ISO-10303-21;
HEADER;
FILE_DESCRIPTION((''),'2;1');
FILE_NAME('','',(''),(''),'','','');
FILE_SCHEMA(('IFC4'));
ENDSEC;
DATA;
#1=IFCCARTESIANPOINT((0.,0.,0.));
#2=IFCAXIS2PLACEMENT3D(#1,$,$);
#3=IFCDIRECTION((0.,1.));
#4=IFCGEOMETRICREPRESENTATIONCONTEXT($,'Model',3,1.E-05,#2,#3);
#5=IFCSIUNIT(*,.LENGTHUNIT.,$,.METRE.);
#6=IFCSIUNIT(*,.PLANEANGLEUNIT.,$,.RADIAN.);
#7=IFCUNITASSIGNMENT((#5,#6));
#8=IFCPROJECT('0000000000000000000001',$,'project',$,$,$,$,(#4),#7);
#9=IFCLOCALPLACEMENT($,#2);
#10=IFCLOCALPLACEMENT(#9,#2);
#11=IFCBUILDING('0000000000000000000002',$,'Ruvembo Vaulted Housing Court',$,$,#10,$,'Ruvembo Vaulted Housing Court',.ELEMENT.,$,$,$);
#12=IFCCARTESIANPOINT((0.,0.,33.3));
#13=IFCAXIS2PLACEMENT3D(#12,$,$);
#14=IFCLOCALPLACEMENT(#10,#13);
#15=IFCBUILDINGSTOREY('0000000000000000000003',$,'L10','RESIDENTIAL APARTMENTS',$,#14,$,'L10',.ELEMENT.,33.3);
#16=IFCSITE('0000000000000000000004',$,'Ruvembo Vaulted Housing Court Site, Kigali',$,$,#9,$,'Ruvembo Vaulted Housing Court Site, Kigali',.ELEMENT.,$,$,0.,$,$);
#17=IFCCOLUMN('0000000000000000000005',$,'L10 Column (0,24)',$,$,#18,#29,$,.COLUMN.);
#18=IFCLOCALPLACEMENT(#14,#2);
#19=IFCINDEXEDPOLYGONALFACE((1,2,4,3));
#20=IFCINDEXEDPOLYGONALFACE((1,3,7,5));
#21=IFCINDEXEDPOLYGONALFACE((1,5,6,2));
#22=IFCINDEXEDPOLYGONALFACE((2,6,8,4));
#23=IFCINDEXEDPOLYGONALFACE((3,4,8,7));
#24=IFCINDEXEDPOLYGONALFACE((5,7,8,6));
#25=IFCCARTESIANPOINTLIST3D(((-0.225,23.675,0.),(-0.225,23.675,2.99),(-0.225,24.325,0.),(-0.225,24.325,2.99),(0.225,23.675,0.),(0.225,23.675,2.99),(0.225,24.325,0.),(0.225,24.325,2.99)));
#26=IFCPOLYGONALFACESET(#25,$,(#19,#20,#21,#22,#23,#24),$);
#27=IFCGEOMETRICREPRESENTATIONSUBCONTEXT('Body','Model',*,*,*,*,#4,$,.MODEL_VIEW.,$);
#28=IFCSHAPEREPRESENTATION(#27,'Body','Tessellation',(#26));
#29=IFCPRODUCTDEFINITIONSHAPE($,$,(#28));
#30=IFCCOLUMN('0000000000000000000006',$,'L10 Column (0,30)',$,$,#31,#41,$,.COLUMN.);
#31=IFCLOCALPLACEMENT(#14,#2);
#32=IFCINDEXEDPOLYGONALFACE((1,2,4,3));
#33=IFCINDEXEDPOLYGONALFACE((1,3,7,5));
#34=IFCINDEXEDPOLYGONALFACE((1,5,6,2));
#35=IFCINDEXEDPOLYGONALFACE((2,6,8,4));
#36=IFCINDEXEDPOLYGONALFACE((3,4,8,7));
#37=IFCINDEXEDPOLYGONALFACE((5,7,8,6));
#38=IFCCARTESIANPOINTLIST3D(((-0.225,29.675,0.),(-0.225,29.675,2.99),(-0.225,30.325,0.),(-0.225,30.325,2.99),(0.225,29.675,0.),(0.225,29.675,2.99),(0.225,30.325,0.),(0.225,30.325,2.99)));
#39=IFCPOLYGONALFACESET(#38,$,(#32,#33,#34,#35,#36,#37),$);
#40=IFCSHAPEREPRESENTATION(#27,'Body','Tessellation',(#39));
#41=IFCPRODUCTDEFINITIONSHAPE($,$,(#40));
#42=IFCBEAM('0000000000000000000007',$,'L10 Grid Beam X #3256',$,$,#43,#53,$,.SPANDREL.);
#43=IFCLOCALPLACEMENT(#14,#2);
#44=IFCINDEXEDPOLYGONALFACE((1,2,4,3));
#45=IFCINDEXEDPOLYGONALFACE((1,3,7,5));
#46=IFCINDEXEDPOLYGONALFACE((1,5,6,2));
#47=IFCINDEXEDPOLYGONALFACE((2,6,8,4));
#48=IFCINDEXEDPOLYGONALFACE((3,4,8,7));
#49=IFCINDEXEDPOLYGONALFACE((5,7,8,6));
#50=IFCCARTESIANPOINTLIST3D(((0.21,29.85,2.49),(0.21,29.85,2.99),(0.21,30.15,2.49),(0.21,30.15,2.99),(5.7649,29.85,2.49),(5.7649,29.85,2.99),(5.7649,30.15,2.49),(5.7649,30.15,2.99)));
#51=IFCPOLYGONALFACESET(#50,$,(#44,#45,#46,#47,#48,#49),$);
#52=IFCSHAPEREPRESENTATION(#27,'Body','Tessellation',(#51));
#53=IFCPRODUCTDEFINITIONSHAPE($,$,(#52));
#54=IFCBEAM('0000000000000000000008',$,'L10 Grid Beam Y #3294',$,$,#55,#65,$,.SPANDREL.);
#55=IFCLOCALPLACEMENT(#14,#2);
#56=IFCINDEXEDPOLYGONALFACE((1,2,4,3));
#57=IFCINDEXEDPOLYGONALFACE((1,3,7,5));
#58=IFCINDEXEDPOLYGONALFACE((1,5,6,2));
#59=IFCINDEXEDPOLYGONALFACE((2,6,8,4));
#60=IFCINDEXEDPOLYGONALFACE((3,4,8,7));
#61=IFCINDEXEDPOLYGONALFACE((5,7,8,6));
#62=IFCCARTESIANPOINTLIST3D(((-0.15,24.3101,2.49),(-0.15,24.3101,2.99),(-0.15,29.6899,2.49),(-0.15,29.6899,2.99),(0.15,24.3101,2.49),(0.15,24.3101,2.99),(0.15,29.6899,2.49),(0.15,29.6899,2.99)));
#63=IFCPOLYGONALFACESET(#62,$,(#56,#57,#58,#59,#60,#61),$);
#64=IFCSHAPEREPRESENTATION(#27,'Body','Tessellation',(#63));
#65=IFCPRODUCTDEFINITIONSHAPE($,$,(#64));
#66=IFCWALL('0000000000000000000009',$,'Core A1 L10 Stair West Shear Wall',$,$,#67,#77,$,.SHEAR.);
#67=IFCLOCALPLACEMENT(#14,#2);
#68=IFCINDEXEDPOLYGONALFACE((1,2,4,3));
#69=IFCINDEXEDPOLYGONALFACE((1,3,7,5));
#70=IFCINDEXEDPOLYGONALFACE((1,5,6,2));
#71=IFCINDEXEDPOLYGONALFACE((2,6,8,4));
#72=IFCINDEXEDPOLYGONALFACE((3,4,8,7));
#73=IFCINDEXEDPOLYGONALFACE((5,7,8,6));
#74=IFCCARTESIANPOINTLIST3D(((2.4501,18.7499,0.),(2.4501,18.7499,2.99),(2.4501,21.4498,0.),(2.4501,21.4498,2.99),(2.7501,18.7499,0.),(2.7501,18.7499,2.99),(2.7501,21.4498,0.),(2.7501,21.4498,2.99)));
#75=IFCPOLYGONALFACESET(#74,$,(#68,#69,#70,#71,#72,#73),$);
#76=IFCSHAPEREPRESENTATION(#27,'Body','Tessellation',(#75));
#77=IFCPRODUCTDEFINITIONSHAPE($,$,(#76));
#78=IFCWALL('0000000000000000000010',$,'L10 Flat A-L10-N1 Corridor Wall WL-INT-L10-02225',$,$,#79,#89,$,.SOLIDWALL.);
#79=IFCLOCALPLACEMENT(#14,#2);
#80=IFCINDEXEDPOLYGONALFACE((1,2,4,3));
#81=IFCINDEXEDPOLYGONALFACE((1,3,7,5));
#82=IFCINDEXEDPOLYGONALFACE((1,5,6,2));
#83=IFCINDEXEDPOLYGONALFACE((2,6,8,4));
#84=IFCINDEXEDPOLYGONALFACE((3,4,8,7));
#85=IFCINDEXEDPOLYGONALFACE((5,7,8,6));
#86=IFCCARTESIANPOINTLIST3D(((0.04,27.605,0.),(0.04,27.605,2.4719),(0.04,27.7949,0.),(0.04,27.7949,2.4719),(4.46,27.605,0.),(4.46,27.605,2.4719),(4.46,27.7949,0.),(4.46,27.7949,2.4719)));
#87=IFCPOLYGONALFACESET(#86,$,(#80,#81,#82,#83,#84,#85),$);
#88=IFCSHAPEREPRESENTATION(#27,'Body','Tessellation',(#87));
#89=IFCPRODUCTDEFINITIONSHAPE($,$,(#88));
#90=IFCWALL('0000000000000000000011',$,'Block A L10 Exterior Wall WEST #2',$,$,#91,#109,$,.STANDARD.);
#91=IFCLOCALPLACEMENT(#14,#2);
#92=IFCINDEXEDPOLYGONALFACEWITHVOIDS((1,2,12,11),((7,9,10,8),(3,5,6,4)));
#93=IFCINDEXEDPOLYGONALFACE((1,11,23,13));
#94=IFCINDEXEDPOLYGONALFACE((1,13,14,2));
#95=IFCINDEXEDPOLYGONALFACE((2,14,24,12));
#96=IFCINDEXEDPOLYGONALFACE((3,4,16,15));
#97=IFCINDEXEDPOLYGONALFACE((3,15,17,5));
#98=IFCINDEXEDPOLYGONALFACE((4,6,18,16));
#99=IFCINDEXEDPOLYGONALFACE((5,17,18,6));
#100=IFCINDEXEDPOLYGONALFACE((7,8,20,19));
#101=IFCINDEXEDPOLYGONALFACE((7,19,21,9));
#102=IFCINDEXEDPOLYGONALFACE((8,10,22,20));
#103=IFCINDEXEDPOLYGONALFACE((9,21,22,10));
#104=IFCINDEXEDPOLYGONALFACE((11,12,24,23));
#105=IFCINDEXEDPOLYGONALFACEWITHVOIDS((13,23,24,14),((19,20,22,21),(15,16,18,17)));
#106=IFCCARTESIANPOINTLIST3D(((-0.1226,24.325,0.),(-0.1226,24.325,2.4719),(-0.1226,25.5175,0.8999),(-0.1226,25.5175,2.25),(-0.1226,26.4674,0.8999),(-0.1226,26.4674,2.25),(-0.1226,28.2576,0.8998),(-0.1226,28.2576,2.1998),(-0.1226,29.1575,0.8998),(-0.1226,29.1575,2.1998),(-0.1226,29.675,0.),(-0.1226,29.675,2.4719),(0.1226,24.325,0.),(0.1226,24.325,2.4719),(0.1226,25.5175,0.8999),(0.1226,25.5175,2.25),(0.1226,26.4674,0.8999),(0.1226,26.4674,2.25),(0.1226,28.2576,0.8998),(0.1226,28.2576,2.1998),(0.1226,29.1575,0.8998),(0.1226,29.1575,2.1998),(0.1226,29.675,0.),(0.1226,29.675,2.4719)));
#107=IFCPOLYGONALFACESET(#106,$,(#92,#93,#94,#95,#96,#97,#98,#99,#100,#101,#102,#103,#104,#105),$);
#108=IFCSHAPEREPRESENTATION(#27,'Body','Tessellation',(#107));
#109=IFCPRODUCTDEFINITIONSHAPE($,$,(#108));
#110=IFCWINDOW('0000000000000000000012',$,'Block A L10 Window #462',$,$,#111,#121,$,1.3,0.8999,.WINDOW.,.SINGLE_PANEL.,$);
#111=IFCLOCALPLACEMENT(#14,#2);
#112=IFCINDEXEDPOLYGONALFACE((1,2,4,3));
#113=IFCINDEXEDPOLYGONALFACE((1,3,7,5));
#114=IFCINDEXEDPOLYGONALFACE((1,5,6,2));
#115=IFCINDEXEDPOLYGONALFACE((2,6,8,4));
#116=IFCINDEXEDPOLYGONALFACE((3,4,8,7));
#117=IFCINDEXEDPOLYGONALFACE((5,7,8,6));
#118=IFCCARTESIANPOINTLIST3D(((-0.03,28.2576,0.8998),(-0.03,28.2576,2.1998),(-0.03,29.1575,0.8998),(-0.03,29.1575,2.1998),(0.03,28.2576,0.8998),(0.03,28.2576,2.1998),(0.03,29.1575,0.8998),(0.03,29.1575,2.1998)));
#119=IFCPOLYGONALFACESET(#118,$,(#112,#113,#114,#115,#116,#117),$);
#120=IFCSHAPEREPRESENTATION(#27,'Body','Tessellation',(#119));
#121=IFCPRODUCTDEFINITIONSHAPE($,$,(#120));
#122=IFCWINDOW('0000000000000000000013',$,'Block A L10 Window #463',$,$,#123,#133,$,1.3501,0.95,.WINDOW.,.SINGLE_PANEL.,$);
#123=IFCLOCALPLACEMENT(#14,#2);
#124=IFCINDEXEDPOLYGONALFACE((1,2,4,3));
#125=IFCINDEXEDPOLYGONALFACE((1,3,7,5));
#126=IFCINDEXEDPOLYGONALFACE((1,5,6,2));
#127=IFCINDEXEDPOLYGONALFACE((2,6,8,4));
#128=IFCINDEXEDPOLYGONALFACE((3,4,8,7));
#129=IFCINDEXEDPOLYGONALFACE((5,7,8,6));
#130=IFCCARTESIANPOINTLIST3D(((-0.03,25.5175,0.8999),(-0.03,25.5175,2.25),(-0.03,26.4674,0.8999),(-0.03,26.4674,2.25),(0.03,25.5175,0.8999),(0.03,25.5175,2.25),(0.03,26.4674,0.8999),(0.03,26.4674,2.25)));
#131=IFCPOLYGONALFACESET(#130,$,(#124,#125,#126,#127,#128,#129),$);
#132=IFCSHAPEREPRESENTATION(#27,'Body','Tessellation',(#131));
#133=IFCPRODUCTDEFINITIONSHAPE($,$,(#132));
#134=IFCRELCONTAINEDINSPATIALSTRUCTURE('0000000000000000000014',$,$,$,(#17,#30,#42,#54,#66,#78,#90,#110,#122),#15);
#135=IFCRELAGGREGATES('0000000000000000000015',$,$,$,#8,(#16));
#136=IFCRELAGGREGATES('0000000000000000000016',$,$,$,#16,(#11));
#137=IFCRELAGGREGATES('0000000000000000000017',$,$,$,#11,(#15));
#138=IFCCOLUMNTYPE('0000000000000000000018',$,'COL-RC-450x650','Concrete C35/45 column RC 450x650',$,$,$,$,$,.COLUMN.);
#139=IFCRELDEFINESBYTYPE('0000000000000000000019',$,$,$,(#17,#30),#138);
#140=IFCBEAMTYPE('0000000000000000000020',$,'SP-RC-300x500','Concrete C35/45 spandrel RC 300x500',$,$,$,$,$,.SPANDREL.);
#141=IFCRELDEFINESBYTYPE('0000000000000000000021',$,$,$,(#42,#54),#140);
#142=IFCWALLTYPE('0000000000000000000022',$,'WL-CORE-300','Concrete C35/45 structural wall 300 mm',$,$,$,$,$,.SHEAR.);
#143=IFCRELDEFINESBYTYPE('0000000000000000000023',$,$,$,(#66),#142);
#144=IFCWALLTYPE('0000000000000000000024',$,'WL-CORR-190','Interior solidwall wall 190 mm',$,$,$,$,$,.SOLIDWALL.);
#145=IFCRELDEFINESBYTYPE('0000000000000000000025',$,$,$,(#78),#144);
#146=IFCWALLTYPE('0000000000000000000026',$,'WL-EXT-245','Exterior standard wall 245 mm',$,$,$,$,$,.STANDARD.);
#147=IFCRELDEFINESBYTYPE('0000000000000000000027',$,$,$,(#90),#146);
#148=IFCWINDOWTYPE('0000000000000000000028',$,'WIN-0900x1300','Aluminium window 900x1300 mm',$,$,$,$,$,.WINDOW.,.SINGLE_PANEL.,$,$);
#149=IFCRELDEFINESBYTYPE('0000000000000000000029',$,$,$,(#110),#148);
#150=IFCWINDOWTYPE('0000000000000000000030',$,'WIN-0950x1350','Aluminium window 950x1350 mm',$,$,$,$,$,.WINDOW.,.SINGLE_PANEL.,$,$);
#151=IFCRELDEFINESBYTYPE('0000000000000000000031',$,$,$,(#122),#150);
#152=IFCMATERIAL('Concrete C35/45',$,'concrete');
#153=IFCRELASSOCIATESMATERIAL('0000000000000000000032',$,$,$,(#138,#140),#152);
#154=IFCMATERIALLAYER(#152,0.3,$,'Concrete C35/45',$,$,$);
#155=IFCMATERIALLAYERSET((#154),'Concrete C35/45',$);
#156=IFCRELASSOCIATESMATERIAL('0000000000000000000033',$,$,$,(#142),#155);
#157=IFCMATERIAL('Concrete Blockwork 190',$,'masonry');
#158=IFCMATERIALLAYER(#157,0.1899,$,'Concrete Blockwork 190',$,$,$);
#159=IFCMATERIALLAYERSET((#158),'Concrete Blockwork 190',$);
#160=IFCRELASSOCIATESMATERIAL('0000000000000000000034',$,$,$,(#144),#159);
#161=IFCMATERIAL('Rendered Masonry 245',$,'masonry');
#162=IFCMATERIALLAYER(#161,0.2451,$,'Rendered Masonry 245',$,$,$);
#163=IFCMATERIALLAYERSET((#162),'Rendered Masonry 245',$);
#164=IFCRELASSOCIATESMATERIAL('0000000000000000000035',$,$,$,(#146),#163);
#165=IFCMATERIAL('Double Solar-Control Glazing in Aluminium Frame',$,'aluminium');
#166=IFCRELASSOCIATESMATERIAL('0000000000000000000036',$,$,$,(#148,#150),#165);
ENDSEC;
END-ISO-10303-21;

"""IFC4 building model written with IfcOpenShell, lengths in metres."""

from ifc_helpers import new_model, si_unit, direction, frame, frame_2d, origin, origin_2d, place, context, subcontext, project, spatial, rectangle, extrude, material, layer, layer_set, material_profile, profile_set, type_object, element, fill, save


model = new_model("IFC4")

# Units and contexts
model_context = context("Model", 3, precision=1e-05, world=origin(), true_north=direction((0.0, 1.0)))
body_context = subcontext(model_context, "Body", "Model", "MODEL_VIEW")
ifc_project = project(units=[si_unit("LENGTHUNIT", "METRE"), si_unit("PLANEANGLEUNIT", "RADIAN")], contexts=[model_context])

# Site, building, storey
site_placement = place(None, origin())
site = spatial("IfcSite", under=ifc_project, at=site_placement, Name="Ruvembo Vaulted Housing Court Site, Kigali", LongName="Ruvembo Vaulted Housing Court Site, Kigali", CompositionType="ELEMENT", RefElevation=0.0)
building_placement = place(site_placement, origin())
building = spatial("IfcBuilding", under=site, at=building_placement, Name="Ruvembo Vaulted Housing Court", LongName="Ruvembo Vaulted Housing Court", CompositionType="ELEMENT")
storey_placement = place(building_placement, frame((0.0, 0.0, 33.3)))
storey = spatial("IfcBuildingStorey", under=building, at=storey_placement, Name="L10", Description="RESIDENTIAL APARTMENTS", LongName="L10", CompositionType="ELEMENT", Elevation=33.3)

# Columns
ifc_material_1 = material(Name="Concrete C35/45", Category="concrete")
ifc_material_profile_1 = material_profile(ifc_material_1, rectangle(XDim=0.45, YDim=0.6499, at=origin_2d()), Name="RC 450x650")
ifc_profile_set_1 = profile_set([ifc_material_profile_1], Name="Concrete C35/45")
column_type = type_object("IfcColumnType", Name="COL-RC-450x650", Description="Concrete C35/45 column RC 450x650", PredefinedType="COLUMN", material=ifc_profile_set_1)
for number, where, z_axis, x_axis, name in (
    (1, (0.0, 24.0, 0.0), (0.0, 0.0, 1.0), (1.0, 0.0, 0.0), "L10 Column (0,24)"),
    (2, (0.0, 30.0, 0.0), (0.0, 0.0, 1.0), (1.0, 0.0, 0.0), "L10 Column (0,30)"),
):
    element("IfcColumn", number, at=place(storey_placement, frame(where, z_axis=z_axis, x_axis=x_axis)), inside=storey, type_object=column_type, Name=name, PredefinedType="COLUMN", context=body_context, shape_type="SweptSolid", body=[
        extrude(rectangle(XDim=0.45, YDim=0.6499, at=origin_2d()), origin(), (0.0, 0.0, 1.0), 2.99),
    ])

# Beams
ifc_material_profile_2 = material_profile(ifc_material_1, rectangle(XDim=0.3, YDim=0.5, at=origin_2d()), Name="RC 300x500")
ifc_profile_set_2 = profile_set([ifc_material_profile_2], Name="Concrete C35/45")
beam_type = type_object("IfcBeamType", Name="SP-RC-300x500", Description="Concrete C35/45 spandrel RC 300x500", PredefinedType="SPANDREL", material=ifc_profile_set_2)
beam_1_placement = place(storey_placement, frame((0.21, 30.0, 2.74), z_axis=(1.0, 0.0, 0.0), x_axis=(0.0, 1.0, 0.0)))
element("IfcBeam", 3, at=beam_1_placement, inside=storey, type_object=beam_type, Name="L10 Grid Beam X #3256", PredefinedType="SPANDREL", context=body_context, shape_type="SweptSolid", body=[
    extrude(rectangle(XDim=0.3, YDim=0.5, at=origin_2d()), origin(), (0.0, 0.0, 1.0), 5.5549),
])
beam_2_placement = place(storey_placement, frame((0.0, 24.3101, 2.74), z_axis=(0.0, 1.0, 0.0), x_axis=(-1.0, 0.0, 0.0)))
element("IfcBeam", 4, at=beam_2_placement, inside=storey, type_object=beam_type, Name="L10 Grid Beam Y #3294", PredefinedType="SPANDREL", context=body_context, shape_type="SweptSolid", body=[
    extrude(rectangle(XDim=0.3, YDim=0.5, at=origin_2d()), origin(), (0.0, 0.0, 1.0), 5.3799),
])

# Walls
ifc_layer_1 = layer(ifc_material_1, 0.3, Name="Concrete C35/45")
ifc_layer_set_1 = layer_set([ifc_layer_1], Name="Concrete C35/45")
wall_type_1 = type_object("IfcWallType", Name="WL-CORE-300", Description="Concrete C35/45 structural wall 300 mm", PredefinedType="SHEAR", material=ifc_layer_set_1)
wall_1_placement = place(storey_placement, frame((2.6001, 21.45, 0.0), z_axis=(0.0, 0.0, 1.0), x_axis=(0.0, -1.0, 0.0)))
element("IfcWall", 5, at=wall_1_placement, inside=storey, type_object=wall_type_1, Name="Core A1 L10 Stair West Shear Wall", PredefinedType="SHEAR", context=body_context, shape_type="SweptSolid", body=[
    extrude(rectangle(XDim=2.7, YDim=0.3, at=frame_2d((1.3501, 0.0))), origin(), (0.0, 0.0, 1.0), 2.99),
])
ifc_material_2 = material(Name="Concrete Blockwork 190", Category="masonry")
ifc_layer_2 = layer(ifc_material_2, 0.1899, Name="Concrete Blockwork 190")
ifc_layer_set_2 = layer_set([ifc_layer_2], Name="Concrete Blockwork 190")
wall_type_2 = type_object("IfcWallType", Name="WL-CORR-190", Description="Interior solidwall wall 190 mm", PredefinedType="SOLIDWALL", material=ifc_layer_set_2)
wall_2_placement = place(storey_placement, frame((0.04, 27.7, 0.0), z_axis=(0.0, 0.0, 1.0), x_axis=(1.0, 0.0, 0.0)))
element("IfcWall", 6, at=wall_2_placement, inside=storey, type_object=wall_type_2, Name="L10 Flat A-L10-N1 Corridor Wall WL-INT-L10-02225", PredefinedType="SOLIDWALL", context=body_context, shape_type="SweptSolid", body=[
    extrude(rectangle(XDim=4.4199, YDim=0.1899, at=frame_2d((2.21, 0.0))), origin(), (0.0, 0.0, 1.0), 2.4719),
])

# Wall, openings, windows
ifc_material_3 = material(Name="Rendered Masonry 245", Category="masonry")
ifc_layer_3 = layer(ifc_material_3, 0.2451, Name="Rendered Masonry 245")
ifc_layer_set_3 = layer_set([ifc_layer_3], Name="Rendered Masonry 245")
wall_type_3 = type_object("IfcWallType", Name="WL-EXT-245", Description="Exterior standard wall 245 mm", PredefinedType="STANDARD", material=ifc_layer_set_3)
wall_3_placement = place(storey_placement, frame((0.0, 29.675, 0.0), z_axis=(0.0, 0.0, 1.0), x_axis=(0.0, -1.0, 0.0)))
wall_3 = element("IfcWall", 7, at=wall_3_placement, inside=storey, type_object=wall_type_3, Name="Block A L10 Exterior Wall WEST #2", PredefinedType="STANDARD", context=body_context, shape_type="SweptSolid", body=[
    extrude(rectangle(XDim=5.3501, YDim=0.2451, at=frame_2d((2.675, 0.0))), origin(), (0.0, 0.0, 1.0), 2.4719),
])
opening_1_placement = place(wall_3_placement, frame((0.5176, 0.0, 0.8999)))
opening_1 = element("IfcOpeningElement", 8, at=opening_1_placement, cuts=wall_3, PredefinedType="OPENING", context=body_context, shape_type="SweptSolid", body=[
    extrude(rectangle(XDim=0.8999, YDim=1.3, at=frame_2d((0.45, 0.6499))), frame((0.0, 0.1326, 0.0), z_axis=(0.0, -1.0, 0.0), x_axis=(1.0, 0.0, 0.0)), (0.0, 0.0, 1.0), 0.2651),
])
opening_2_placement = place(wall_3_placement, frame((3.2075, 0.0, 0.8999)))
opening_2 = element("IfcOpeningElement", 9, at=opening_2_placement, cuts=wall_3, PredefinedType="OPENING", context=body_context, shape_type="SweptSolid", body=[
    extrude(rectangle(XDim=0.95, YDim=1.3501, at=frame_2d((0.4751, 0.675))), frame((0.0, 0.1326, 0.0), z_axis=(0.0, -1.0, 0.0), x_axis=(1.0, 0.0, 0.0)), (0.0, 0.0, 1.0), 0.2651),
])
ifc_material_4 = material(Name="Double Solar-Control Glazing in Aluminium Frame", Category="aluminium")
window_type_1 = type_object("IfcWindowType", Name="WIN-0900x1300", Description="Aluminium window 900x1300 mm", PartitioningType="SINGLE_PANEL", PredefinedType="WINDOW", material=ifc_material_4)
window_1_placement = place(opening_1_placement, origin())
window_1 = element("IfcWindow", 10, at=window_1_placement, inside=storey, type_object=window_type_1, Name="Block A L10 Window #462", OverallHeight=1.3, OverallWidth=0.8999, PartitioningType="SINGLE_PANEL", PredefinedType="WINDOW", context=body_context, shape_type="SweptSolid", body=[
    extrude(rectangle(XDim=0.8999, YDim=1.3, at=frame_2d((0.45, 0.6499))), frame((0.0, 0.03, 0.0), z_axis=(0.0, -1.0, 0.0), x_axis=(1.0, 0.0, 0.0)), (0.0, 0.0, 1.0), 0.0601),
])
fill(opening_1, window_1)
window_type_2 = type_object("IfcWindowType", Name="WIN-0950x1350", Description="Aluminium window 950x1350 mm", PartitioningType="SINGLE_PANEL", PredefinedType="WINDOW", material=ifc_material_4)
window_2_placement = place(opening_2_placement, origin())
window_2 = element("IfcWindow", 11, at=window_2_placement, inside=storey, type_object=window_type_2, Name="Block A L10 Window #463", OverallHeight=1.3501, OverallWidth=0.95, PartitioningType="SINGLE_PANEL", PredefinedType="WINDOW", context=body_context, shape_type="SweptSolid", body=[
    extrude(rectangle(XDim=0.95, YDim=1.3501, at=frame_2d((0.4751, 0.675))), frame((0.0, 0.03, 0.0), z_axis=(0.0, -1.0, 0.0), x_axis=(1.0, 0.0, 0.0)), (0.0, 0.0, 1.0), 0.0601),
])
fill(opening_2, window_2)

save(model, "model.ifc")
